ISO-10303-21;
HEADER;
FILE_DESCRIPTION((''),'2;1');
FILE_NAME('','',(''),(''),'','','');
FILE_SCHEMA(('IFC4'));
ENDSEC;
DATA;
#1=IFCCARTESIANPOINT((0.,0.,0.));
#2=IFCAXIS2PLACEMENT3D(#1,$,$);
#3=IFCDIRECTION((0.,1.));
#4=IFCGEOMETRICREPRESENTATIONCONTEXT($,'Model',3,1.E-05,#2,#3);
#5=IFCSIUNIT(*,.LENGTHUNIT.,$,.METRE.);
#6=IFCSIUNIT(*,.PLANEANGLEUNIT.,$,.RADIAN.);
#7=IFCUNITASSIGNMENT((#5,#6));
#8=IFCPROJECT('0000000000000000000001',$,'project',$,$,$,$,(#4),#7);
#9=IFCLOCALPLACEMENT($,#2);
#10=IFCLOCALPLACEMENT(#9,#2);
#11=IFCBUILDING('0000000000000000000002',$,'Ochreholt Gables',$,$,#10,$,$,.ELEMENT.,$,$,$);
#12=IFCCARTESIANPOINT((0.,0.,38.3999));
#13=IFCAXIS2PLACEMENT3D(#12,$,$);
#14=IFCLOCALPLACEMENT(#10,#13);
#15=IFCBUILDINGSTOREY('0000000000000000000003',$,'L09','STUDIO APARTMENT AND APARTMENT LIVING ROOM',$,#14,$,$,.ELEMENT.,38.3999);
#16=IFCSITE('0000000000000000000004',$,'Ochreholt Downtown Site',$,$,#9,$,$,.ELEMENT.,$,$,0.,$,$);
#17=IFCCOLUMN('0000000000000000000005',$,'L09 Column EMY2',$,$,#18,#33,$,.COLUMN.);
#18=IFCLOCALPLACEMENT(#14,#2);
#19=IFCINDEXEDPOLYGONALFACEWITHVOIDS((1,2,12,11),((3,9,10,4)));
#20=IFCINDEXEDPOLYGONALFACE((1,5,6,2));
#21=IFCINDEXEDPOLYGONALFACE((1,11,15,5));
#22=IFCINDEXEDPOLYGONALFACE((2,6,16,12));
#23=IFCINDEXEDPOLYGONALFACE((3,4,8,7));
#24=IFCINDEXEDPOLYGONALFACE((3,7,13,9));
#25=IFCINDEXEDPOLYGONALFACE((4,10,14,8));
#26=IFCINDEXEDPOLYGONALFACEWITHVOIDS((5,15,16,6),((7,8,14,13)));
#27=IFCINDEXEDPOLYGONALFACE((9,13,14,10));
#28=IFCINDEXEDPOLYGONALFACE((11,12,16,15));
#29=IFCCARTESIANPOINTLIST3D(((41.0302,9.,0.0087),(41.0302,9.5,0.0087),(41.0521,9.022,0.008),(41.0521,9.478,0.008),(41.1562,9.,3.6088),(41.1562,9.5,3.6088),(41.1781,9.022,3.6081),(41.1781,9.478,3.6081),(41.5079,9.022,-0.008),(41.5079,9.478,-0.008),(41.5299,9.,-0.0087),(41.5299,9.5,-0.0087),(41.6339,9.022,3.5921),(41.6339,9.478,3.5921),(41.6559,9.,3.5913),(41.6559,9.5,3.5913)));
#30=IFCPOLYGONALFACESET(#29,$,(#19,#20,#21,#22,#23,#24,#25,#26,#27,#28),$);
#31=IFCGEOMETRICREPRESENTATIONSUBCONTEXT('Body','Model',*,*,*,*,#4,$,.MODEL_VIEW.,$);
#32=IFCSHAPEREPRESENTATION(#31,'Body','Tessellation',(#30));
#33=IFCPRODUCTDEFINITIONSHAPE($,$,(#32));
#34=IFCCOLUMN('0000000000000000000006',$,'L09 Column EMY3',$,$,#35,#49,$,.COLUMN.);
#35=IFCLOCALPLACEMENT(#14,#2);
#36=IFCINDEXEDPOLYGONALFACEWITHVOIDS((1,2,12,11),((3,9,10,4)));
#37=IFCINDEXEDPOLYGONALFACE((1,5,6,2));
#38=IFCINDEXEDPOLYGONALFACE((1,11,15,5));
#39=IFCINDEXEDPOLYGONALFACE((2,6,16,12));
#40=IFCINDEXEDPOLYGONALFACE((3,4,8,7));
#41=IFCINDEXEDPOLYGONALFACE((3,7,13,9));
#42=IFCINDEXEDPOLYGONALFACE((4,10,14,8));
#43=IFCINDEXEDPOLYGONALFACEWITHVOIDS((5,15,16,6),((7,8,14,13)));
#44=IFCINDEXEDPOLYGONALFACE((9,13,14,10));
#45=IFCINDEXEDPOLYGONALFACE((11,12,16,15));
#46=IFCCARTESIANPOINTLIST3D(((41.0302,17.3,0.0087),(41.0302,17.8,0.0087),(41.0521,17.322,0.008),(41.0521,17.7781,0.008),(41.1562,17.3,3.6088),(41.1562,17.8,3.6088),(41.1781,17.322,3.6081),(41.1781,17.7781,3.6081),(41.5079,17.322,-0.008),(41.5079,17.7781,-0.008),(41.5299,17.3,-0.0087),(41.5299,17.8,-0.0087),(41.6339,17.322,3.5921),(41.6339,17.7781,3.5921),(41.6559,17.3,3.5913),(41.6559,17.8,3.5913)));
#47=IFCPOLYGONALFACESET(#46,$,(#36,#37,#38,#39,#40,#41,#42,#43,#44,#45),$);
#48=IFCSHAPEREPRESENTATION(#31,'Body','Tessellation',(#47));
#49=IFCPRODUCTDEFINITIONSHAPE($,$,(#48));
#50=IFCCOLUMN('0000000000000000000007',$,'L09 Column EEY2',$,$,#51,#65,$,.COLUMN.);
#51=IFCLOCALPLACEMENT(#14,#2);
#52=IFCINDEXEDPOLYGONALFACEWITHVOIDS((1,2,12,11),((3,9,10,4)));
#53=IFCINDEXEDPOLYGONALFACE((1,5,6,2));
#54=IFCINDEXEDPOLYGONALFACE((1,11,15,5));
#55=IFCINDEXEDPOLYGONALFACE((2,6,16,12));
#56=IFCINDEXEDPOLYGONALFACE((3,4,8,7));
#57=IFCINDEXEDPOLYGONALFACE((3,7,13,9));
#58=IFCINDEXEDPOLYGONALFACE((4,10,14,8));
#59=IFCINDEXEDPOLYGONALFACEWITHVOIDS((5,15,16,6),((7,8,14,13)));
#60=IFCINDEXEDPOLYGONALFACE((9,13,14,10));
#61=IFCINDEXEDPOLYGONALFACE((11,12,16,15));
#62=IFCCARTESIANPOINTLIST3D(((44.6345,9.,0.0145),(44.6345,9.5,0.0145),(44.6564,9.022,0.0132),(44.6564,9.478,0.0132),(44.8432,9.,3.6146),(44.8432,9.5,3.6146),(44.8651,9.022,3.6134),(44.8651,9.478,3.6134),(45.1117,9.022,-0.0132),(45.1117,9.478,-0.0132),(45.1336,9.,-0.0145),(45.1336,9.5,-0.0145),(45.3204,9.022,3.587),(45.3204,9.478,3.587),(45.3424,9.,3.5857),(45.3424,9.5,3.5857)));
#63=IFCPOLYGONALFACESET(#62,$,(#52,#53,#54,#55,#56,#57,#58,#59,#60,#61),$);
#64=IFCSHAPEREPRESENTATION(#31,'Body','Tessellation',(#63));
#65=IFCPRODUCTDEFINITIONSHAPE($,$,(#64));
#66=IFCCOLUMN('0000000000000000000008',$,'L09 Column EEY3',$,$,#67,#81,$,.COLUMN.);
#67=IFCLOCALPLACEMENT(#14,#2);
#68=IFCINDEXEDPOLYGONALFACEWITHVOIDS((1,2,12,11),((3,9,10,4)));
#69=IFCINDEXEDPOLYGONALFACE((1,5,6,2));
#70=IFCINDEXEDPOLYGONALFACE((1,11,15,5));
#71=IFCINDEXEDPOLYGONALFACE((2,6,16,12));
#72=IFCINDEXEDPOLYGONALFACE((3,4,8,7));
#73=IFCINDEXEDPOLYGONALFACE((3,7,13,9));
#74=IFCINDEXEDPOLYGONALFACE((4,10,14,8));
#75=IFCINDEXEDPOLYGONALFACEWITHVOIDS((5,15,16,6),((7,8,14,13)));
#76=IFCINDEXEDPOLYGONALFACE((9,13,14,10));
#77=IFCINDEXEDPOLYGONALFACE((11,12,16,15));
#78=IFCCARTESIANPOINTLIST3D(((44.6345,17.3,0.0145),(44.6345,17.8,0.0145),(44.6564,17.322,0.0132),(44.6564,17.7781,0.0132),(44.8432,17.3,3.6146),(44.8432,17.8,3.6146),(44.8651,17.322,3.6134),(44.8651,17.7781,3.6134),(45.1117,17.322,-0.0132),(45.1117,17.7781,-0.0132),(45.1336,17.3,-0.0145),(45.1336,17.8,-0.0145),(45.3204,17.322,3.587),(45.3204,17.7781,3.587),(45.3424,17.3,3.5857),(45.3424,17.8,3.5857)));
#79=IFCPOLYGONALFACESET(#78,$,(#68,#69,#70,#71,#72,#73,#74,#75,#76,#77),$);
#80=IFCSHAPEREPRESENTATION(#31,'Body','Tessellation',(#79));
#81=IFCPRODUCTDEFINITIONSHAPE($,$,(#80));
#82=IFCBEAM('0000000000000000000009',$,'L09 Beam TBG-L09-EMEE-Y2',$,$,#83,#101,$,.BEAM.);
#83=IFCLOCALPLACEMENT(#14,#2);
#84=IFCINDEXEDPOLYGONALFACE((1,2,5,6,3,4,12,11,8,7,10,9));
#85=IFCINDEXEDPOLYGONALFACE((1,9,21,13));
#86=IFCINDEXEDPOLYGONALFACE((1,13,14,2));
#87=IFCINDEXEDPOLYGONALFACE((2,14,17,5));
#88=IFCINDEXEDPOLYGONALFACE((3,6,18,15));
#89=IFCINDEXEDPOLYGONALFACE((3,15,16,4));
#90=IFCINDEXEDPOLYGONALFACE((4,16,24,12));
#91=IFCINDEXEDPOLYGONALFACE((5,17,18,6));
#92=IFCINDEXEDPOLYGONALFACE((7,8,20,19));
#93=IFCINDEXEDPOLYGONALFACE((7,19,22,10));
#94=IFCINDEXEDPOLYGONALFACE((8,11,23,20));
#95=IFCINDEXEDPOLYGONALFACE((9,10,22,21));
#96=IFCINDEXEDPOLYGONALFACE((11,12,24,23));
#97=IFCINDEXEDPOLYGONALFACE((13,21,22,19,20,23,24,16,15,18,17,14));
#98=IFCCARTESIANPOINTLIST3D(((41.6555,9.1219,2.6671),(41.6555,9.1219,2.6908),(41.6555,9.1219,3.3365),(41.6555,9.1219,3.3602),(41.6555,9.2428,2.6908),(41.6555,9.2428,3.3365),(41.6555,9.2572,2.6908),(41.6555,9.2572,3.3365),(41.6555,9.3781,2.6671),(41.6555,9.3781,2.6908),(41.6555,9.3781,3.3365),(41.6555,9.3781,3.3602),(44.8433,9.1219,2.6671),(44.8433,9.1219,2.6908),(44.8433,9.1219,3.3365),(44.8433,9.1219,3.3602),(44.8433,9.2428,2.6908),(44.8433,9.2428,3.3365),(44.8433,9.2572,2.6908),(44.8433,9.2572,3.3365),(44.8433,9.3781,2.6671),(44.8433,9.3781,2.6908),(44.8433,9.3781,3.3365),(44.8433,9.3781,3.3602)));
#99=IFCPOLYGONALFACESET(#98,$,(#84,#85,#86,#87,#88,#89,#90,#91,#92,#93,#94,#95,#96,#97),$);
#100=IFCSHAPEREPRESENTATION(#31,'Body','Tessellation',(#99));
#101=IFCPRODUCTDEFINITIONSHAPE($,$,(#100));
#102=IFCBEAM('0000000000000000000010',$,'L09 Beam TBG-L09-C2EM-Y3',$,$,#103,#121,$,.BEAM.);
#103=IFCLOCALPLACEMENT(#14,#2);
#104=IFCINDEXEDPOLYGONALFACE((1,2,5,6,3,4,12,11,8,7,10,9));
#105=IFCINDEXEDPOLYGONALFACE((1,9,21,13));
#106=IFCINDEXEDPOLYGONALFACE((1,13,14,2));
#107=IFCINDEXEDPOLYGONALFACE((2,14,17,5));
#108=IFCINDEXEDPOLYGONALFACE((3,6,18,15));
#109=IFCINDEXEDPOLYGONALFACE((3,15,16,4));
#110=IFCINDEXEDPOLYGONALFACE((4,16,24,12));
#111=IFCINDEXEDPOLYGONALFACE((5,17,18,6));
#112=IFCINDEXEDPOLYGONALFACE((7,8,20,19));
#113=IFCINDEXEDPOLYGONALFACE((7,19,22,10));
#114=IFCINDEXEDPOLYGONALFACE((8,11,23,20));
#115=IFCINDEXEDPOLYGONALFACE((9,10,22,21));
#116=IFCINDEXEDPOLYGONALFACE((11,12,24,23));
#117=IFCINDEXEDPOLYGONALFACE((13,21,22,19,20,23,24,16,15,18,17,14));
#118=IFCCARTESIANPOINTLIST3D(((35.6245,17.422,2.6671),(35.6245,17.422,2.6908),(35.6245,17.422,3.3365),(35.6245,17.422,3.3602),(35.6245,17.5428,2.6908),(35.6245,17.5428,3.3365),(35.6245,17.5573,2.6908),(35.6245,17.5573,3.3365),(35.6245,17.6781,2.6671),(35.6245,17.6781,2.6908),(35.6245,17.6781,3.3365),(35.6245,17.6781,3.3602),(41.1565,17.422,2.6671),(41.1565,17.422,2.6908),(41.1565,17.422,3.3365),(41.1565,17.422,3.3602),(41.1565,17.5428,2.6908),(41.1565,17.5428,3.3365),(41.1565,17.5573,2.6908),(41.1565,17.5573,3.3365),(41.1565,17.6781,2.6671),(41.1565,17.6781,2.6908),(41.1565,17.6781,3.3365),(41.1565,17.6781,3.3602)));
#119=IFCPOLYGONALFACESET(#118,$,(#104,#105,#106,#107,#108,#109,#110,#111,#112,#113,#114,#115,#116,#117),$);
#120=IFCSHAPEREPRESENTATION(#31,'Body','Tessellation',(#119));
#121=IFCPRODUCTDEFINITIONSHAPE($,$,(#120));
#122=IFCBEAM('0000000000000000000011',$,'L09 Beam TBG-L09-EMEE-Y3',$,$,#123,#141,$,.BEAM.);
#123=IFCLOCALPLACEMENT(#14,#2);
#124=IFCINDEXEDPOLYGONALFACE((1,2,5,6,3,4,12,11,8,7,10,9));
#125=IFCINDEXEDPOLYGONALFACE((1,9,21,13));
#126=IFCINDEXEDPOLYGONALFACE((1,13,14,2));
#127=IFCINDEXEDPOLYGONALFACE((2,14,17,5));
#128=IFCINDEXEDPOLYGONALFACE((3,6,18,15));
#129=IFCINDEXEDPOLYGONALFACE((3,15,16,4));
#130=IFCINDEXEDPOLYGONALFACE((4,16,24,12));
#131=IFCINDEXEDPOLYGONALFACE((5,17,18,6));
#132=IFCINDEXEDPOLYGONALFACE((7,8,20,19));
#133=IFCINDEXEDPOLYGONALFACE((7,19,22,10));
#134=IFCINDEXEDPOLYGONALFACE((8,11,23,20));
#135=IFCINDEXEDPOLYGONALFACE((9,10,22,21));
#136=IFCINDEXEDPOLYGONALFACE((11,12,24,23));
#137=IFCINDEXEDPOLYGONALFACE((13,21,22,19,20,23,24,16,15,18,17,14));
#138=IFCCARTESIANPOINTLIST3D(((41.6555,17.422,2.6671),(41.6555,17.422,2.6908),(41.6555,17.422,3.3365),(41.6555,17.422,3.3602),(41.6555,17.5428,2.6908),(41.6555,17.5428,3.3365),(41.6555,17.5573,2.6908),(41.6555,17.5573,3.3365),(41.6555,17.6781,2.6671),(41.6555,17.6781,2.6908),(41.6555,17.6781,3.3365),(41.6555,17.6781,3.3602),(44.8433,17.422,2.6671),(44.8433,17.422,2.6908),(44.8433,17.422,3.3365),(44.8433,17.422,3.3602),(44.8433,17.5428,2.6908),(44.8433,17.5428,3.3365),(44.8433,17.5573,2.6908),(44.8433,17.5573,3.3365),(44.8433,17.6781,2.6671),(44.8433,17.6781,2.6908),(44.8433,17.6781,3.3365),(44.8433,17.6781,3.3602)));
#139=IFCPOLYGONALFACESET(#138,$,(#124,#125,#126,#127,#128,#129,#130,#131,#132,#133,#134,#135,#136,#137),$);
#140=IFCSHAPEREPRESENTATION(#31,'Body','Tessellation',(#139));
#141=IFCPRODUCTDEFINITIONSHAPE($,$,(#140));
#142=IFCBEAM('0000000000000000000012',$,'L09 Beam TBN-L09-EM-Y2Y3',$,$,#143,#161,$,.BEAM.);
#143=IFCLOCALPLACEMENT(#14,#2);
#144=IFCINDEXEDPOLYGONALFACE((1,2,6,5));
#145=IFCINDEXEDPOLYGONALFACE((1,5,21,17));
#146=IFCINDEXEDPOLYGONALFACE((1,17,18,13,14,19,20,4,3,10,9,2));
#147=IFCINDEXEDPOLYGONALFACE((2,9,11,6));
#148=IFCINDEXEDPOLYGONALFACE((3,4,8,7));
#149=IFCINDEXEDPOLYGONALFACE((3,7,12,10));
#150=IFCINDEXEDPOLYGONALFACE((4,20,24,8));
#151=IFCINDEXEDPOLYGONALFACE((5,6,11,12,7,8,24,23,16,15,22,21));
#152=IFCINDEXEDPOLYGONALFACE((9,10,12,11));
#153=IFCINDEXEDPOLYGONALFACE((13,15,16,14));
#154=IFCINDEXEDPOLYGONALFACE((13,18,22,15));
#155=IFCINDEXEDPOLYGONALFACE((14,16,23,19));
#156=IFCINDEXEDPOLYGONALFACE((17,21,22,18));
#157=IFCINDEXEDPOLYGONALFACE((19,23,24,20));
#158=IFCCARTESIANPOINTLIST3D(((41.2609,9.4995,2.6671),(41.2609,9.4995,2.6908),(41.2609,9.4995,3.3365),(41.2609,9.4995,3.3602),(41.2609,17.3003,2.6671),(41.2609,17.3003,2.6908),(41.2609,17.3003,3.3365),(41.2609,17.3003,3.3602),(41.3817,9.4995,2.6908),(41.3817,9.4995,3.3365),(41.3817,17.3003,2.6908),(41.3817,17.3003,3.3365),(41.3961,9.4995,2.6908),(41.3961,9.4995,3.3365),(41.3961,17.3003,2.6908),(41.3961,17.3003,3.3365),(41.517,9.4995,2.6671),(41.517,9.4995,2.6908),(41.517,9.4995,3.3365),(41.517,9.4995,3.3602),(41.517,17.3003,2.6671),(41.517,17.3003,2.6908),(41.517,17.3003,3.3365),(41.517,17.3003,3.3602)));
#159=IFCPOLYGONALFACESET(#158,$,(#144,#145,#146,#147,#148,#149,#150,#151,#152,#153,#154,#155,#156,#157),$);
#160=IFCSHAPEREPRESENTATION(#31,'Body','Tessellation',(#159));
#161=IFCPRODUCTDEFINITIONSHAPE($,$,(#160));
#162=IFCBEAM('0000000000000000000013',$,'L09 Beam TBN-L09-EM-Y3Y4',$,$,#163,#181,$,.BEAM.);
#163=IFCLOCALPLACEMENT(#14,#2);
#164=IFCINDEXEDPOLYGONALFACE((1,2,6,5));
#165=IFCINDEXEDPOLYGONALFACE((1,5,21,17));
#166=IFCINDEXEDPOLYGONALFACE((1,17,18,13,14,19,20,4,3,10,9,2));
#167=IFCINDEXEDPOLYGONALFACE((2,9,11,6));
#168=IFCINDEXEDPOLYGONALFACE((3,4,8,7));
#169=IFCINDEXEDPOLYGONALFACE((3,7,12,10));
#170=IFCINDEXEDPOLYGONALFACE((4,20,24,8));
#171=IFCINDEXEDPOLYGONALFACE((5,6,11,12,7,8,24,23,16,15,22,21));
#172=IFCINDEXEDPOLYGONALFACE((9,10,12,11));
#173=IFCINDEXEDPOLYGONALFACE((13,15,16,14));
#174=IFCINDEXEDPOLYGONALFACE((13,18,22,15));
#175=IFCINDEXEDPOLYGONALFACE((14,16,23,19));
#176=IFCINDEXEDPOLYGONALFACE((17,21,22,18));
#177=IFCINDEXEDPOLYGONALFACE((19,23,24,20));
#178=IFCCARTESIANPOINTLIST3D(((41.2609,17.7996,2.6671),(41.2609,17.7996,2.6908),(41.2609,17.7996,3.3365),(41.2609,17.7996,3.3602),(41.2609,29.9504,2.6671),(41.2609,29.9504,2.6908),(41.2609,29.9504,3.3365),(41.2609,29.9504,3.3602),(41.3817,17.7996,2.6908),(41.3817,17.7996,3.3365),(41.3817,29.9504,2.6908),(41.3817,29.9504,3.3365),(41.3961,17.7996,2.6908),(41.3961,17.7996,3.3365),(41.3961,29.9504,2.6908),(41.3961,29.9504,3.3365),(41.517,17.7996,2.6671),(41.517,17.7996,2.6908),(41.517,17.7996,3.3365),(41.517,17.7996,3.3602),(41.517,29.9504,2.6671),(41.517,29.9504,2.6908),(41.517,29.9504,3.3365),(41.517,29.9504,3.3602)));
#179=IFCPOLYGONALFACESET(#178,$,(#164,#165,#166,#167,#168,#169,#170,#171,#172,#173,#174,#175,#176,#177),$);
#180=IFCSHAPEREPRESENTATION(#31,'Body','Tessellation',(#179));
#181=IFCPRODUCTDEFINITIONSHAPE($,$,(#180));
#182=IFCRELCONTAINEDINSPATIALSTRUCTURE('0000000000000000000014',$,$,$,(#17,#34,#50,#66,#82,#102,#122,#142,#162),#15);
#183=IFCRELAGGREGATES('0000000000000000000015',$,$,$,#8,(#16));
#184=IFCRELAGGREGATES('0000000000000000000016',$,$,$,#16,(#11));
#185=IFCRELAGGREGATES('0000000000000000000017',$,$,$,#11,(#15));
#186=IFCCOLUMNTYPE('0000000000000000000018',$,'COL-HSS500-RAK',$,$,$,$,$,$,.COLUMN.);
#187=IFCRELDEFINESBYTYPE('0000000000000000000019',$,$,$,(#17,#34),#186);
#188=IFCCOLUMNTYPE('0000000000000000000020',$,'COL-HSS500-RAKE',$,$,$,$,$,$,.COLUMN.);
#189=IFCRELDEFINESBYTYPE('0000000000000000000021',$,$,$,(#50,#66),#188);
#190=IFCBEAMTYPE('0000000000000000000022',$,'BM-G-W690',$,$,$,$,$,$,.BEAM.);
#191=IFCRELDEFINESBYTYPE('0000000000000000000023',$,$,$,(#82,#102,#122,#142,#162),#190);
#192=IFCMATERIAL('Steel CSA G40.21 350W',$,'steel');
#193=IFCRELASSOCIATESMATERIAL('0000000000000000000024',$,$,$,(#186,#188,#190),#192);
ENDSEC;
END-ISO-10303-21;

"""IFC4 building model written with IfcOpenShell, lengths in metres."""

from ifc_helpers import new_model, si_unit, direction, frame, origin, origin_2d, place, context, subcontext, project, spatial, hollow_rectangle, i_section, extrude, material, material_profile, profile_set, type_object, element, save


model = new_model("IFC4")

# Units and contexts
model_context = context("Model", 3, precision=1e-05, world=origin(), true_north=direction((0.0, 1.0)))
body_context = subcontext(model_context, "Body", "Model", "MODEL_VIEW")
ifc_project = project(units=[si_unit("LENGTHUNIT", "METRE"), si_unit("PLANEANGLEUNIT", "RADIAN")], contexts=[model_context])

# Site, building, storey
site_placement = place(None, origin())
site = spatial("IfcSite", under=ifc_project, at=site_placement, Name="Ochreholt Downtown Site", CompositionType="ELEMENT", RefElevation=0.0)
building_placement = place(site_placement, origin())
building = spatial("IfcBuilding", under=site, at=building_placement, Name="Ochreholt Gables", CompositionType="ELEMENT")
storey_placement = place(building_placement, frame((0.0, 0.0, 38.3999)))
storey = spatial("IfcBuildingStorey", under=building, at=storey_placement, Name="L09", Description="STUDIO APARTMENT AND APARTMENT LIVING ROOM", CompositionType="ELEMENT", Elevation=38.3999)

# Columns
ifc_material_1 = material(Name="Steel CSA G40.21 350W", Category="steel")
ifc_material_profile_1 = material_profile(ifc_material_1, hollow_rectangle(XDim=0.5, YDim=0.5, WallThickness=0.022, at=origin_2d()), Name="HSS500X500X22")
ifc_profile_set_1 = profile_set([ifc_material_profile_1], Name="Steel CSA G40.21 350W")
column_type_1 = type_object("IfcColumnType", Name="COL-HSS500-RAK", PredefinedType="COLUMN", material=ifc_profile_set_1)
for number, where, z_axis, x_axis, name in (
    (1, (41.28, 9.25, 0.0), (0.034971, 0.0, 0.999388), (0.0, 1.0, 0.0), "L09 Column EMY2"),
    (2, (41.28, 17.55, 0.0), (0.034971, 0.0, 0.999388), (0.0, 1.0, 0.0), "L09 Column EMY3"),
):
    element("IfcColumn", number, at=place(storey_placement, frame(where, z_axis=z_axis, x_axis=x_axis)), inside=storey, type_object=column_type_1, Name=name, PredefinedType="COLUMN", context=body_context, shape_type="SweptSolid", body=[
        extrude(hollow_rectangle(XDim=0.5, YDim=0.5, WallThickness=0.022, at=origin_2d()), origin(), (0.0, 0.0, 1.0), 3.6023),
    ])
ifc_material_profile_2 = material_profile(ifc_material_1, hollow_rectangle(XDim=0.5, YDim=0.5, WallThickness=0.022, at=origin_2d()), Name="HSS500X500X22")
ifc_profile_set_2 = profile_set([ifc_material_profile_2], Name="Steel CSA G40.21 350W")
column_type_2 = type_object("IfcColumnType", Name="COL-HSS500-RAKE", PredefinedType="COLUMN", material=ifc_profile_set_2)
for number, where, z_axis, x_axis, name in (
    (3, (44.884, 9.25, 0.0), (0.057885, 0.0, 0.998323), (0.0, 1.0, 0.0), "L09 Column EEY2"),
    (4, (44.884, 17.55, 0.0), (0.057885, 0.0, 0.998323), (0.0, 1.0, 0.0), "L09 Column EEY3"),
):
    element("IfcColumn", number, at=place(storey_placement, frame(where, z_axis=z_axis, x_axis=x_axis)), inside=storey, type_object=column_type_2, Name=name, PredefinedType="COLUMN", context=body_context, shape_type="SweptSolid", body=[
        extrude(hollow_rectangle(XDim=0.5, YDim=0.5, WallThickness=0.022, at=origin_2d()), origin(), (0.0, 0.0, 1.0), 3.6062),
    ])

# Beams
ifc_material_profile_3 = material_profile(ifc_material_1, i_section(OverallWidth=0.2561, OverallDepth=0.6931, WebThickness=0.0144, FlangeThickness=0.0237, at=origin_2d()), Name="W690X170")
ifc_profile_set_3 = profile_set([ifc_material_profile_3], Name="Steel CSA G40.21 350W")
beam_type_1 = type_object("IfcBeamType", Name="BM-G-W690", PredefinedType="BEAM", material=ifc_profile_set_3)
beam_1_placement = place(storey_placement, frame((41.6555, 9.25, 3.0137), z_axis=(1.0, 0.0, 0.0), x_axis=(0.0, 1.0, 0.0)))
element("IfcBeam", 5, at=beam_1_placement, inside=storey, type_object=beam_type_1, Name="L09 Beam TBG-L09-EMEE-Y2", PredefinedType="BEAM", context=body_context, shape_type="SweptSolid", body=[
    extrude(i_section(OverallWidth=0.2561, OverallDepth=0.6931, WebThickness=0.0144, FlangeThickness=0.0237, at=origin_2d()), origin(), (0.0, 0.0, 1.0), 3.1877),
])
beam_2_placement = place(storey_placement, frame((35.6245, 17.55, 3.0137), z_axis=(1.0, 0.0, 0.0), x_axis=(0.0, 1.0, 0.0)))
element("IfcBeam", 6, at=beam_2_placement, inside=storey, type_object=beam_type_1, Name="L09 Beam TBG-L09-C2EM-Y3", PredefinedType="BEAM", context=body_context, shape_type="SweptSolid", body=[
    extrude(i_section(OverallWidth=0.2561, OverallDepth=0.6931, WebThickness=0.0144, FlangeThickness=0.0237, at=origin_2d()), origin(), (0.0, 0.0, 1.0), 5.532),
])
beam_3_placement = place(storey_placement, frame((41.6555, 17.55, 3.0137), z_axis=(1.0, 0.0, 0.0), x_axis=(0.0, 1.0, 0.0)))
element("IfcBeam", 7, at=beam_3_placement, inside=storey, type_object=beam_type_1, Name="L09 Beam TBG-L09-EMEE-Y3", PredefinedType="BEAM", context=body_context, shape_type="SweptSolid", body=[
    extrude(i_section(OverallWidth=0.2561, OverallDepth=0.6931, WebThickness=0.0144, FlangeThickness=0.0237, at=origin_2d()), origin(), (0.0, 0.0, 1.0), 3.1877),
])
beam_4_placement = place(storey_placement, frame((41.3889, 9.4995, 3.0137), z_axis=(0.0, 1.0, 0.0), x_axis=(-1.0, 0.0, 0.0)))
element("IfcBeam", 8, at=beam_4_placement, inside=storey, type_object=beam_type_1, Name="L09 Beam TBN-L09-EM-Y2Y3", PredefinedType="BEAM", context=body_context, shape_type="SweptSolid", body=[
    extrude(i_section(OverallWidth=0.2561, OverallDepth=0.6931, WebThickness=0.0144, FlangeThickness=0.0237, at=origin_2d()), origin(), (0.0, 0.0, 1.0), 7.8008),
])
beam_5_placement = place(storey_placement, frame((41.3889, 17.7996, 3.0137), z_axis=(0.0, 1.0, 0.0), x_axis=(-1.0, 0.0, 0.0)))
element("IfcBeam", 9, at=beam_5_placement, inside=storey, type_object=beam_type_1, Name="L09 Beam TBN-L09-EM-Y3Y4", PredefinedType="BEAM", context=body_context, shape_type="SweptSolid", body=[
    extrude(i_section(OverallWidth=0.2561, OverallDepth=0.6931, WebThickness=0.0144, FlangeThickness=0.0237, at=origin_2d()), origin(), (0.0, 0.0, 1.0), 12.1509),
])

save(model, "model.ifc")
